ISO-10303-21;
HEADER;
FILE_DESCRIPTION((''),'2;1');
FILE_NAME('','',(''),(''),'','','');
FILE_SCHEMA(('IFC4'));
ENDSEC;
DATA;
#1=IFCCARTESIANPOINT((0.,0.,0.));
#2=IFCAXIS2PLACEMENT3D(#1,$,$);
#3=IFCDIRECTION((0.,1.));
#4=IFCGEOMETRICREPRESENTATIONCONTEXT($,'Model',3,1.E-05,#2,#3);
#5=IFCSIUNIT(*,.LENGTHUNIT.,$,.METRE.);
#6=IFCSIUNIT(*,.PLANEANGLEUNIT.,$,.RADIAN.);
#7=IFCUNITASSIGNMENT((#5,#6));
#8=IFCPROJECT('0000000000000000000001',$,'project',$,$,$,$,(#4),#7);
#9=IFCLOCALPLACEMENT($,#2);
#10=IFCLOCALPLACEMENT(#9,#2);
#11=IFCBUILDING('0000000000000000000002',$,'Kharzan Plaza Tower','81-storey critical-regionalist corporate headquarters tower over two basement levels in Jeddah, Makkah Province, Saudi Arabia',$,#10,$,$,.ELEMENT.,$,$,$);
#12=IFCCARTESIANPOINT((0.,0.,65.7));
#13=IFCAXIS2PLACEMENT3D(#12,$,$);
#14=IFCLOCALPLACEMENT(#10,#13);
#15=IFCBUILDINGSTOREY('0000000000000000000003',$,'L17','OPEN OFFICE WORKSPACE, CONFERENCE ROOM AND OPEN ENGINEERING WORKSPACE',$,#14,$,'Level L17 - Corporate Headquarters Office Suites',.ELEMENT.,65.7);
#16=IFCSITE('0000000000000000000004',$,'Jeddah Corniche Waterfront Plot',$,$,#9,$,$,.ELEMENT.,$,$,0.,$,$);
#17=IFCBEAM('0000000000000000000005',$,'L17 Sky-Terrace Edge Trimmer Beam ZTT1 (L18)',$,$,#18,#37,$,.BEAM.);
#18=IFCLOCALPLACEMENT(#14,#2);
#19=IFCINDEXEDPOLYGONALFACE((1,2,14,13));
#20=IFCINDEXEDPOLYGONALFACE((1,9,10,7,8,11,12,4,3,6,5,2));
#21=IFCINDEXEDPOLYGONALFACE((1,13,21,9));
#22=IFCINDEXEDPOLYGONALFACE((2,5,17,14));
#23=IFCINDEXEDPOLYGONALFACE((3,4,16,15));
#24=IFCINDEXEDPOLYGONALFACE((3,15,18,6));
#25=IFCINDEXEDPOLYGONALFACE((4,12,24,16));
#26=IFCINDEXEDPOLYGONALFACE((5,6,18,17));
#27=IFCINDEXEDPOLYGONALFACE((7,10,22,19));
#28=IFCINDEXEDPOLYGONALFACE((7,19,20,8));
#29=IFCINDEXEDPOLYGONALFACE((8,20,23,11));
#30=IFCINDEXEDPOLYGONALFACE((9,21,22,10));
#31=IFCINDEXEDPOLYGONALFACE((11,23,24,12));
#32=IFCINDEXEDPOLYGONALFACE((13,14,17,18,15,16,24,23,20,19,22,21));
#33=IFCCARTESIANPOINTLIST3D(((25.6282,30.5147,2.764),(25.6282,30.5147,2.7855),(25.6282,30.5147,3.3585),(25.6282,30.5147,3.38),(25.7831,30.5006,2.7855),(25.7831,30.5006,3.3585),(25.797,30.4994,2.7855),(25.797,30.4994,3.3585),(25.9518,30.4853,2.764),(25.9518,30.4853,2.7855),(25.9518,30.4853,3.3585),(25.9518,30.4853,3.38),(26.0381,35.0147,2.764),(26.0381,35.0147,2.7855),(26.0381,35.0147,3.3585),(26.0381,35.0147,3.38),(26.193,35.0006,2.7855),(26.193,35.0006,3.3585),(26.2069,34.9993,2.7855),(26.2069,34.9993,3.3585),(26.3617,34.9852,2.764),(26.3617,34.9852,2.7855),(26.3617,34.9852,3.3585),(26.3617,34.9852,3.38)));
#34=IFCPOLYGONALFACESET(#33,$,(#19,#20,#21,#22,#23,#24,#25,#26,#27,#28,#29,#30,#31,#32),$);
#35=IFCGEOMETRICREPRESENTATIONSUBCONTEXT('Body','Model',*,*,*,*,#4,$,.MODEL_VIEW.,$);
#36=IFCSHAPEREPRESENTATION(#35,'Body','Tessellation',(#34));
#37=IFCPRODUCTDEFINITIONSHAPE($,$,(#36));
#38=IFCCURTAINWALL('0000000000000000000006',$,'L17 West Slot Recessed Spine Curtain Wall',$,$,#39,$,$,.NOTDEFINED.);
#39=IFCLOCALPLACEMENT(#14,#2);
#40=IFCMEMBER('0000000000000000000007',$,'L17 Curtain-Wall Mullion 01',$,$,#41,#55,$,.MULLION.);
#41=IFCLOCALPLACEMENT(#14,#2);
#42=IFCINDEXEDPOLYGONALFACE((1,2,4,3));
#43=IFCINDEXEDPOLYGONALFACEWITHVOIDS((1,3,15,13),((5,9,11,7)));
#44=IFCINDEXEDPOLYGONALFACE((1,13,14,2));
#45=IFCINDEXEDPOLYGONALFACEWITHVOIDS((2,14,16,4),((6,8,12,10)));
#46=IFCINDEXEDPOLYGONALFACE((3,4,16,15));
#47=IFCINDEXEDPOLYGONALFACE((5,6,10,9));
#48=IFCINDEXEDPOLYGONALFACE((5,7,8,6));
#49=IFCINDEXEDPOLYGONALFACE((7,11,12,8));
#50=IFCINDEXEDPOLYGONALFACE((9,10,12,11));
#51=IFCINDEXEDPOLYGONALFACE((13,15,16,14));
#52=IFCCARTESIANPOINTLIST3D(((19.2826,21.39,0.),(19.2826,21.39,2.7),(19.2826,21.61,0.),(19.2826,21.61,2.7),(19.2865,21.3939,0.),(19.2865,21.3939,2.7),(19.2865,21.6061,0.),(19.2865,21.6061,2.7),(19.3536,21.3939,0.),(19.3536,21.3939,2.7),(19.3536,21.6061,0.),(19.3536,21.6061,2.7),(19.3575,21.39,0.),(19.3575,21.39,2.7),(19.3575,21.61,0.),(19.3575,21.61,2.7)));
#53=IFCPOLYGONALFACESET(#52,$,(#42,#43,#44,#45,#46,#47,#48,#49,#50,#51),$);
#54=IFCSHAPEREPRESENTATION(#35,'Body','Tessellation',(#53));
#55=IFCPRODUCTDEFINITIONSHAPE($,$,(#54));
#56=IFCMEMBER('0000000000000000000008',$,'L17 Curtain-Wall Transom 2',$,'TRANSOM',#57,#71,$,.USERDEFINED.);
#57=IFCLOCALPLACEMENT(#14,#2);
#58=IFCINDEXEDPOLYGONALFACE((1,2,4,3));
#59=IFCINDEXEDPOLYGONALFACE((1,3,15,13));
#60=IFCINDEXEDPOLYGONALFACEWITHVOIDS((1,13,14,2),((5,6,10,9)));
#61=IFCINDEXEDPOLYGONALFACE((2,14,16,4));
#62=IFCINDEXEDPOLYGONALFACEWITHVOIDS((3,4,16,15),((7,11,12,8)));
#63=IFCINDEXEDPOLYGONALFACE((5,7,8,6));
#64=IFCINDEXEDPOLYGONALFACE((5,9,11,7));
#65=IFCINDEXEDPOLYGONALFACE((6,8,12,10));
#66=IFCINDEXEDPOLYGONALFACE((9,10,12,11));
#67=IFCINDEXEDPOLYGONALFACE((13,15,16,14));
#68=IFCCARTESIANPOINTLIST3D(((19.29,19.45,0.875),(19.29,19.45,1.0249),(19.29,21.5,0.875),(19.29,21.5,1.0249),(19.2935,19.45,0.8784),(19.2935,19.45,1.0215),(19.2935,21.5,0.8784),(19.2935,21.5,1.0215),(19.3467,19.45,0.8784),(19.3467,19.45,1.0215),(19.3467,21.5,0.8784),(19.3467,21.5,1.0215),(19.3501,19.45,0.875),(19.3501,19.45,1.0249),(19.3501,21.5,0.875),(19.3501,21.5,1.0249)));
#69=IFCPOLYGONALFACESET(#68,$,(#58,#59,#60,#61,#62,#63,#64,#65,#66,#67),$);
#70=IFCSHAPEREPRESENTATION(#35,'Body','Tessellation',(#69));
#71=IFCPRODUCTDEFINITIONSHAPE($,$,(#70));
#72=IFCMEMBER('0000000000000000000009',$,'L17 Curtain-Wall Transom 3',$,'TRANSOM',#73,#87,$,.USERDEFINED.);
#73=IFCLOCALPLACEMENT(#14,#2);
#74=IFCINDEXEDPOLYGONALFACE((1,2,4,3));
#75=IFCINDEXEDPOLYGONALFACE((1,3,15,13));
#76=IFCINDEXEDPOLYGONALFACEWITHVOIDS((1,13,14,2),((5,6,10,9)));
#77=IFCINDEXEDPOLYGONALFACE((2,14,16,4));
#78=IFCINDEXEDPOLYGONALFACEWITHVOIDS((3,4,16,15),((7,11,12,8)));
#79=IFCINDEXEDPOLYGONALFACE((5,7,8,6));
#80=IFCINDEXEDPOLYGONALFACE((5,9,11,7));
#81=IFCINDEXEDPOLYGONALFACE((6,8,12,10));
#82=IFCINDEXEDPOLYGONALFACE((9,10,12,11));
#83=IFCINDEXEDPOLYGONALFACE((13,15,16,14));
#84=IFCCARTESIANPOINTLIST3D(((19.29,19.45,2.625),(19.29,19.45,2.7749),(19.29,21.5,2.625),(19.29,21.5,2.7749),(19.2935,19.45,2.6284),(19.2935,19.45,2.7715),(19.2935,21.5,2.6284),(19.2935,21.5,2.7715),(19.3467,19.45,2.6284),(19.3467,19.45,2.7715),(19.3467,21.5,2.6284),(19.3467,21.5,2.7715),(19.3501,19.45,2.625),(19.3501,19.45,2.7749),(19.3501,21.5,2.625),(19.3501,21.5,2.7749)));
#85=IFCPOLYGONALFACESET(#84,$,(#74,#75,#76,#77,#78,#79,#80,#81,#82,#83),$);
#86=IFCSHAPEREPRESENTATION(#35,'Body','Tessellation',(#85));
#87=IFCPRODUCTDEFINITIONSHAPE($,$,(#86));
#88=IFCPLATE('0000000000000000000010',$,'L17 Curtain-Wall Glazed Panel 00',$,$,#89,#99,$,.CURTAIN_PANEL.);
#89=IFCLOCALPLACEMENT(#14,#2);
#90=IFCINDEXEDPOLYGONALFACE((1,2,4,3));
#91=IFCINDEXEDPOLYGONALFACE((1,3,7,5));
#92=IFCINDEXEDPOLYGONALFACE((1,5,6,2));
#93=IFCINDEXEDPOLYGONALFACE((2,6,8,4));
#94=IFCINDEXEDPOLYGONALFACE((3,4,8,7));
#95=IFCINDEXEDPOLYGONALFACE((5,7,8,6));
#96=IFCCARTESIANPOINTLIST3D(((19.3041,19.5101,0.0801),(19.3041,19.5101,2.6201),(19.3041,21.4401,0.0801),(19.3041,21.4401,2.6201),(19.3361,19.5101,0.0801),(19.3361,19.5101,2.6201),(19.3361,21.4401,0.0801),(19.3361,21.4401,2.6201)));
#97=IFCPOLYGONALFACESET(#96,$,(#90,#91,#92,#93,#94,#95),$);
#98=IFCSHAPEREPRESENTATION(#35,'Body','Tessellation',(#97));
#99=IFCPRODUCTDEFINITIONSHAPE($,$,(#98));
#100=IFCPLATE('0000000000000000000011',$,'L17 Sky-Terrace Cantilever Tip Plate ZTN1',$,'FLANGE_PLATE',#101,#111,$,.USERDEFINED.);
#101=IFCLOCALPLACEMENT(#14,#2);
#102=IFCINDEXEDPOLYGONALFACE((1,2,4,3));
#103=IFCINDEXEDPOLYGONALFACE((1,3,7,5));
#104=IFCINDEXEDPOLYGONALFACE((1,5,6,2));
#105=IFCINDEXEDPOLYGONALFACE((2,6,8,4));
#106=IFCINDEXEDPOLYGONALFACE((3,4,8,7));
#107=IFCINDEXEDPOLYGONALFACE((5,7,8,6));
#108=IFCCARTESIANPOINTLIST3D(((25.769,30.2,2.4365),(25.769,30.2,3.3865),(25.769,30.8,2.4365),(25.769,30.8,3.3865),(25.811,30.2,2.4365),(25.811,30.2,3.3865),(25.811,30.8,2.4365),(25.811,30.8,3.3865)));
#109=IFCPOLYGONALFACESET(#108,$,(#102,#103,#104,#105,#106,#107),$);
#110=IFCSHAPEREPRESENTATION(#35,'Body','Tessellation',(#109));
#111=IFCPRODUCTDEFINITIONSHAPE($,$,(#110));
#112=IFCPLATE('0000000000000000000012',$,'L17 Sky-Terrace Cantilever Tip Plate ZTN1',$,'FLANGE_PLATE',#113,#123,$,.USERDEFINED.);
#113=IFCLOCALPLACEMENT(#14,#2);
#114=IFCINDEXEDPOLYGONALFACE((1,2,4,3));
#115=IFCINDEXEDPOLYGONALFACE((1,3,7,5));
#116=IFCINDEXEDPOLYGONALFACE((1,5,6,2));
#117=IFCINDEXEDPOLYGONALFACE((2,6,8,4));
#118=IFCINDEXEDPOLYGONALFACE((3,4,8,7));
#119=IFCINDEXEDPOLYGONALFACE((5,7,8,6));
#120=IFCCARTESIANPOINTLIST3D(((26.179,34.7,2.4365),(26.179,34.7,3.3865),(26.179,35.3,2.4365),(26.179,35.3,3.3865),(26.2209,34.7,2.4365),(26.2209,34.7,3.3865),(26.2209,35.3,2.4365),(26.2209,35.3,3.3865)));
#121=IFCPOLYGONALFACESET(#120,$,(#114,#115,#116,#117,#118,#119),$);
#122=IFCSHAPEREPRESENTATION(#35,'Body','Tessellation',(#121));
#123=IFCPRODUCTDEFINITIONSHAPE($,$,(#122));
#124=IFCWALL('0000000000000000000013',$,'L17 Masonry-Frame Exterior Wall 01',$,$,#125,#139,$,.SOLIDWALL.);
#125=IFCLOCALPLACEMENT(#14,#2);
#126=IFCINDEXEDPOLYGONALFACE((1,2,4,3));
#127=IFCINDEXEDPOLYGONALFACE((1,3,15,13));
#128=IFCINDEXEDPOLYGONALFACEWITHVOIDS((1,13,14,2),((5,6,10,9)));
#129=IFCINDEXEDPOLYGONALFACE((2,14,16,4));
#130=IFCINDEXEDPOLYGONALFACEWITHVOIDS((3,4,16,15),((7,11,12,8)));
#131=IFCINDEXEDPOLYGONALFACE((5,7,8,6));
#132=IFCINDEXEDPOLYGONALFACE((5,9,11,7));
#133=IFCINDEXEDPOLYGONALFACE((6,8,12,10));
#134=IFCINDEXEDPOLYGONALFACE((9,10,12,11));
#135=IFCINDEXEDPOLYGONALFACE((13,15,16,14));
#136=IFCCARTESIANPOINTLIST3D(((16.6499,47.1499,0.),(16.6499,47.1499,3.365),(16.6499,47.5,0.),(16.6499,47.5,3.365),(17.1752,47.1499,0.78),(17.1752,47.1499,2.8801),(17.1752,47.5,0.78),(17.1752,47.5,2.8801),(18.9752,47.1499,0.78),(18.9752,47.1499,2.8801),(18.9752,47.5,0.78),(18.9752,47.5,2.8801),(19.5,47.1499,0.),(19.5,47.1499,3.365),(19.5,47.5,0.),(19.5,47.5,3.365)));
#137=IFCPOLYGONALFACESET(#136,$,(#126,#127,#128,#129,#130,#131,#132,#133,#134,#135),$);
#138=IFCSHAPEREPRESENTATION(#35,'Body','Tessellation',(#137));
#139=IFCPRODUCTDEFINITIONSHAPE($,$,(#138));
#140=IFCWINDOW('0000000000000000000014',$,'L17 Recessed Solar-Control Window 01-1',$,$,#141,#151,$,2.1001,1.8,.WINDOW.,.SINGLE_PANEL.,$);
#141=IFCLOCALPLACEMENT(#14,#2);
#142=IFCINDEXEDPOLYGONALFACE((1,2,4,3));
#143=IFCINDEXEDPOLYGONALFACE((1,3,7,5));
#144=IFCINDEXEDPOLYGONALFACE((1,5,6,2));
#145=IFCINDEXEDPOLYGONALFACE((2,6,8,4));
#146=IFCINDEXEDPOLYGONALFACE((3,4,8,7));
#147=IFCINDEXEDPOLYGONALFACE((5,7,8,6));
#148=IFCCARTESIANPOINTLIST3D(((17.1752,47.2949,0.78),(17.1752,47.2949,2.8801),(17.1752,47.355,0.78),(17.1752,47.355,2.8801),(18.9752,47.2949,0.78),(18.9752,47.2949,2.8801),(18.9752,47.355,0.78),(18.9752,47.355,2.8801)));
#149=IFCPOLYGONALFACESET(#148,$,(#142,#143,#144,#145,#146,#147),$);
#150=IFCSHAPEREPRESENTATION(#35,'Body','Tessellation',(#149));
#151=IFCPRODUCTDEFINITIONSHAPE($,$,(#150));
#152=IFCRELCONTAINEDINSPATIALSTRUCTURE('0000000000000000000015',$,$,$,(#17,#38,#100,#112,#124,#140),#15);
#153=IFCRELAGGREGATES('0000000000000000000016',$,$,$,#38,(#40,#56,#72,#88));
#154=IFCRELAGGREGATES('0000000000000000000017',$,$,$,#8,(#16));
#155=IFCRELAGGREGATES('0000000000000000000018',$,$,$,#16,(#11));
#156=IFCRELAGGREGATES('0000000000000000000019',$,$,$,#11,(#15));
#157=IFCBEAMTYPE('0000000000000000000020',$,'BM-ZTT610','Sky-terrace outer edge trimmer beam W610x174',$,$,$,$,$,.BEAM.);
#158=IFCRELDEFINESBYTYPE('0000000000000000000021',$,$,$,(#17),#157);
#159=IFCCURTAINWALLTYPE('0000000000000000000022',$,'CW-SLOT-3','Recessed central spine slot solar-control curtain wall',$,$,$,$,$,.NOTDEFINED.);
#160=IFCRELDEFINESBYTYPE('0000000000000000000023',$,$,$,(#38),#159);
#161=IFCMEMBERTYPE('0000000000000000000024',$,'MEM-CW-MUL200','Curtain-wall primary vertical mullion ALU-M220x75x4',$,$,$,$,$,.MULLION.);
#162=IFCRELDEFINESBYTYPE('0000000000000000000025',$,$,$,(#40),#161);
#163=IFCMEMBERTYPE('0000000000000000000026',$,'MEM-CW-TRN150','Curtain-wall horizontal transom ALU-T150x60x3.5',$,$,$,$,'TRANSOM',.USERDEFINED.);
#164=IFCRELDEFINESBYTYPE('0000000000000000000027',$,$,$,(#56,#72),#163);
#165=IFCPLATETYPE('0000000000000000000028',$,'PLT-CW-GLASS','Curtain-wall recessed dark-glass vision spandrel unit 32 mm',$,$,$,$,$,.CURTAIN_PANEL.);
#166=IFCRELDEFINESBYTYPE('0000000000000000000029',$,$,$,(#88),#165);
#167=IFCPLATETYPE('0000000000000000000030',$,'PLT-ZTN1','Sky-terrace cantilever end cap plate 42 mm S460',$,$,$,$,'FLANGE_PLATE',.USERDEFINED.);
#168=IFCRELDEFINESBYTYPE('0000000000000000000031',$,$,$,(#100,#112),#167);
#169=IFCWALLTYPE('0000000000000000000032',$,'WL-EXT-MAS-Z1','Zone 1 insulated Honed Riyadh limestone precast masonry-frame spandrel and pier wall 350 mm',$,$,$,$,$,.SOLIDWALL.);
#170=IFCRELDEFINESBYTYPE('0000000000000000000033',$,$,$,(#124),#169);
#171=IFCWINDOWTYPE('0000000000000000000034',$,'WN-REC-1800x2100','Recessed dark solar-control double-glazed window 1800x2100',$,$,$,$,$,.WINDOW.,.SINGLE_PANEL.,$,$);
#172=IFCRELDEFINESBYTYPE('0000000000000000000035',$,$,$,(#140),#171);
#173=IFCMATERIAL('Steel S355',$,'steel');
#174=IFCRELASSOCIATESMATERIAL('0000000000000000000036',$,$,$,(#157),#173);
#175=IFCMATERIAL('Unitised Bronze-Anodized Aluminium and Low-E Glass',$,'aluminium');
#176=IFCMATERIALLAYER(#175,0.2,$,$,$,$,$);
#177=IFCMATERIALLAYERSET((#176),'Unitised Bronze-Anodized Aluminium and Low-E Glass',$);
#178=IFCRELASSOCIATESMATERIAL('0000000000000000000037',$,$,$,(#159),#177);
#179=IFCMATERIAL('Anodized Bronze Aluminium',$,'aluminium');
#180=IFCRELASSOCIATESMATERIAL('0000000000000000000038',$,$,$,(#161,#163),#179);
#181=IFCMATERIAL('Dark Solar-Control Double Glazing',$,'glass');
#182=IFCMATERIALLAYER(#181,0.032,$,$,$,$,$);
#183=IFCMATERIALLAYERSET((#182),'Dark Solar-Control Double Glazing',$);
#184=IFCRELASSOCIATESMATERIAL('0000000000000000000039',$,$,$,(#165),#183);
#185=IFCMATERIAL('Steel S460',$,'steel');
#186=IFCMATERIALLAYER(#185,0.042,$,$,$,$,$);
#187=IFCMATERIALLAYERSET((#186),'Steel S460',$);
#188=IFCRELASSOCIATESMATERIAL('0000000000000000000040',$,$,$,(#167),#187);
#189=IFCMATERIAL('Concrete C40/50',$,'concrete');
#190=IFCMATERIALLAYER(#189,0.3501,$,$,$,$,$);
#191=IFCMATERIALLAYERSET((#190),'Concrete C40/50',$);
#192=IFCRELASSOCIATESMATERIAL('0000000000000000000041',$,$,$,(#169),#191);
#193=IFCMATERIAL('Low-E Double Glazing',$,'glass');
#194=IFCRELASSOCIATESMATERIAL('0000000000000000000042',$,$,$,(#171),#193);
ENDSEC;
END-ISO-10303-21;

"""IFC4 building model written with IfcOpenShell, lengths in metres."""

from ifc_helpers import new_model, si_unit, direction, frame, frame_2d, origin, origin_2d, place, context, subcontext, project, spatial, rectangle, hollow_rectangle, i_section, extrude, source, transform, mapped, material, layer, layer_set, material_profile, profile_set, type_object, element, fill, aggregate, save


model = new_model("IFC4")

# Units and contexts
model_context = context("Model", 3, precision=1e-05, world=origin(), true_north=direction((0.0, 1.0)))
body_context = subcontext(model_context, "Body", "Model", "MODEL_VIEW")
ifc_project = project(units=[si_unit("LENGTHUNIT", "METRE"), si_unit("PLANEANGLEUNIT", "RADIAN")], contexts=[model_context])

# Site, building, storey
site_placement = place(None, origin())
site = spatial("IfcSite", under=ifc_project, at=site_placement, Name="Jeddah Corniche Waterfront Plot", CompositionType="ELEMENT", RefElevation=0.0)
building_placement = place(site_placement, origin())
building = spatial("IfcBuilding", under=site, at=building_placement, Name="Kharzan Plaza Tower", Description="81-storey critical-regionalist corporate headquarters tower over two basement levels in Jeddah, Makkah Province, Saudi Arabia", CompositionType="ELEMENT")
storey_placement = place(building_placement, frame((0.0, 0.0, 65.7)))
storey = spatial("IfcBuildingStorey", under=building, at=storey_placement, Name="L17", Description="OPEN OFFICE WORKSPACE, CONFERENCE ROOM AND OPEN ENGINEERING WORKSPACE", LongName="Level L17 - Corporate Headquarters Office Suites", CompositionType="ELEMENT", Elevation=65.7)

# Beam
ifc_material_1 = material(Name="Steel S355", Category="steel")
ifc_material_profile_1 = material_profile(ifc_material_1, i_section(OverallWidth=0.325, OverallDepth=0.616, WebThickness=0.0139, FlangeThickness=0.0215, at=origin_2d()), Name="W610x174")
ifc_profile_set_1 = profile_set([ifc_material_profile_1], Name="Steel S355")
beam_type_1 = type_object("IfcBeamType", Name="BM-ZTT610", Description="Sky-terrace outer edge trimmer beam W610x174", PredefinedType="BEAM", material=ifc_profile_set_1)
shared_shape_1 = source(origin(), body_context, "Body", "SweptSolid", [
    extrude(i_section(OverallWidth=0.325, OverallDepth=0.616, WebThickness=0.0139, FlangeThickness=0.0215, at=origin_2d()), origin(), (0.0, 0.0, 1.0), 4.5186),
])
beam_1_placement = place(storey_placement, frame((25.79, 30.5, 3.072), z_axis=(0.090716, 0.995877, 0.0), x_axis=(-0.995877, 0.090716, 0.0)))
element("IfcBeam", 1, at=beam_1_placement, inside=storey, type_object=beam_type_1, Name="L17 Sky-Terrace Edge Trimmer Beam ZTT1 (L18)", PredefinedType="BEAM", context=body_context, shape_type="MappedRepresentation", body=[
    mapped(shared_shape_1, transform((0.0, 0.0, 0.0), x_axis=(1.0, 0.0, 0.0), y_axis=(0.0, 1.0, 0.0), z_axis=(0.0, 0.0, 1.0))),
])

# Curtain wall, members, plate
ifc_material_2 = material(Name="Unitised Bronze-Anodized Aluminium and Low-E Glass", Category="aluminium")
ifc_layer_1 = layer(ifc_material_2, 0.2)
ifc_layer_set_1 = layer_set([ifc_layer_1], Name="Unitised Bronze-Anodized Aluminium and Low-E Glass")
curtain_wall_type = type_object("IfcCurtainWallType", Name="CW-SLOT-3", Description="Recessed central spine slot solar-control curtain wall", PredefinedType="NOTDEFINED", material=ifc_layer_set_1)
curtain_wall_placement = place(storey_placement, origin())
curtain_wall = element("IfcCurtainWall", 2, at=curtain_wall_placement, inside=storey, type_object=curtain_wall_type, Name="L17 West Slot Recessed Spine Curtain Wall", PredefinedType="NOTDEFINED")
ifc_material_3 = material(Name="Anodized Bronze Aluminium", Category="aluminium")
ifc_material_profile_2 = material_profile(ifc_material_3, hollow_rectangle(XDim=0.075, YDim=0.22, WallThickness=0.0039, at=origin_2d()), Name="ALU-M220x75x4")
ifc_profile_set_2 = profile_set([ifc_material_profile_2], Name="Anodized Bronze Aluminium")
member_type_1 = type_object("IfcMemberType", Name="MEM-CW-MUL200", Description="Curtain-wall primary vertical mullion ALU-M220x75x4", PredefinedType="MULLION", material=ifc_profile_set_2)
shared_shape_2 = source(origin(), body_context, "Body", "SweptSolid", [
    extrude(hollow_rectangle(XDim=0.075, YDim=0.22, WallThickness=0.0039, at=origin_2d()), origin(), (0.0, 0.0, 1.0), 2.7),
])
member_1_placement = place(storey_placement, frame((19.3201, 21.5, 0.0), z_axis=(0.0, 0.0, 1.0), x_axis=(1.0, 0.0, 0.0)))
member_1 = element("IfcMember", 3, at=member_1_placement, type_object=member_type_1, Name="L17 Curtain-Wall Mullion 01", PredefinedType="MULLION", context=body_context, shape_type="MappedRepresentation", body=[
    mapped(shared_shape_2, transform((0.0, 0.0, 0.0), x_axis=(1.0, 0.0, 0.0), y_axis=(0.0, 1.0, 0.0), z_axis=(0.0, 0.0, 1.0))),
])
ifc_material_profile_3 = material_profile(ifc_material_3, hollow_rectangle(XDim=0.0601, YDim=0.1499, WallThickness=0.0034, at=origin_2d()), Name="ALU-T150x60x3.5")
ifc_profile_set_3 = profile_set([ifc_material_profile_3], Name="Anodized Bronze Aluminium")
member_type_2 = type_object("IfcMemberType", Name="MEM-CW-TRN150", Description="Curtain-wall horizontal transom ALU-T150x60x3.5", ElementType="TRANSOM", PredefinedType="USERDEFINED", material=ifc_profile_set_3)
shared_shape_3 = source(origin(), body_context, "Body", "SweptSolid", [
    extrude(hollow_rectangle(XDim=0.0601, YDim=0.1499, WallThickness=0.0034, at=origin_2d()), origin(), (0.0, 0.0, 1.0), 2.05),
])
member_2_placement = place(storey_placement, frame((19.3201, 19.45, 0.95), z_axis=(0.0, 1.0, 0.0), x_axis=(-1.0, 0.0, 0.0)))
member_2 = element("IfcMember", 4, at=member_2_placement, type_object=member_type_2, Name="L17 Curtain-Wall Transom 2", ObjectType="TRANSOM", PredefinedType="USERDEFINED", context=body_context, shape_type="MappedRepresentation", body=[
    mapped(shared_shape_3, transform((0.0, 0.0, 0.0), x_axis=(1.0, 0.0, 0.0), y_axis=(0.0, 1.0, 0.0), z_axis=(0.0, 0.0, 1.0))),
])
member_3_placement = place(storey_placement, frame((19.3201, 19.45, 2.7), z_axis=(0.0, 1.0, 0.0), x_axis=(-1.0, 0.0, 0.0)))
member_3 = element("IfcMember", 5, at=member_3_placement, type_object=member_type_2, Name="L17 Curtain-Wall Transom 3", ObjectType="TRANSOM", PredefinedType="USERDEFINED", context=body_context, shape_type="MappedRepresentation", body=[
    mapped(shared_shape_3, transform((0.0, 0.0, 0.0), x_axis=(1.0, 0.0, 0.0), y_axis=(0.0, 1.0, 0.0), z_axis=(0.0, 0.0, 1.0))),
])
ifc_material_4 = material(Name="Dark Solar-Control Double Glazing", Category="glass")
ifc_layer_2 = layer(ifc_material_4, 0.032)
ifc_layer_set_2 = layer_set([ifc_layer_2], Name="Dark Solar-Control Double Glazing")
plate_type_1 = type_object("IfcPlateType", Name="PLT-CW-GLASS", Description="Curtain-wall recessed dark-glass vision spandrel unit 32 mm", PredefinedType="CURTAIN_PANEL", material=ifc_layer_set_2)
shared_shape_4 = source(origin(), body_context, "Body", "SweptSolid", [
    extrude(rectangle(XDim=1.9299, YDim=0.032, at=origin_2d()), origin(), (0.0, 0.0, 1.0), 2.54),
])
plate_placement = place(storey_placement, frame((19.3201, 20.4751, 0.0801), z_axis=(0.0, 0.0, 1.0), x_axis=(0.0, 1.0, 0.0)))
plate = element("IfcPlate", 6, at=plate_placement, type_object=plate_type_1, Name="L17 Curtain-Wall Glazed Panel 00", PredefinedType="CURTAIN_PANEL", context=body_context, shape_type="MappedRepresentation", body=[
    mapped(shared_shape_4, transform((0.0, 0.0, 0.0), x_axis=(1.0, 0.0, 0.0), y_axis=(0.0, 1.0, 0.0), z_axis=(0.0, 0.0, 1.0))),
])
aggregate(curtain_wall, [member_1, member_2, member_3, plate])

# Plates
ifc_material_5 = material(Name="Steel S460", Category="steel")
ifc_layer_3 = layer(ifc_material_5, 0.042)
ifc_layer_set_3 = layer_set([ifc_layer_3], Name="Steel S460")
plate_type_2 = type_object("IfcPlateType", Name="PLT-ZTN1", Description="Sky-terrace cantilever end cap plate 42 mm S460", ElementType="FLANGE_PLATE", PredefinedType="USERDEFINED", material=ifc_layer_set_3)
shared_shape_5 = source(origin(), body_context, "Body", "SweptSolid", [
    extrude(rectangle(XDim=0.6001, YDim=0.042, at=origin_2d()), origin(), (0.0, 0.0, 1.0), 0.95),
])
for number, where, z_axis, x_axis, name in (
    (7, (25.79, 30.5, 2.4365), (0.0, 0.0, 1.0), (0.0, 1.0, 0.0), "L17 Sky-Terrace Cantilever Tip Plate ZTN1"),
    (8, (26.2, 35.0, 2.4365), (0.0, 0.0, 1.0), (0.0, 1.0, 0.0), "L17 Sky-Terrace Cantilever Tip Plate ZTN1"),
):
    element("IfcPlate", number, at=place(storey_placement, frame(where, z_axis=z_axis, x_axis=x_axis)), inside=storey, type_object=plate_type_2, Name=name, ObjectType="FLANGE_PLATE", PredefinedType="USERDEFINED", context=body_context, shape_type="MappedRepresentation", body=[
        mapped(shared_shape_5, transform((0.0, 0.0, 0.0), x_axis=(1.0, 0.0, 0.0), y_axis=(0.0, 1.0, 0.0), z_axis=(0.0, 0.0, 1.0))),
    ])

# Wall, opening, window
ifc_material_6 = material(Name="Concrete C40/50", Category="concrete")
ifc_layer_4 = layer(ifc_material_6, 0.3501)
ifc_layer_set_4 = layer_set([ifc_layer_4], Name="Concrete C40/50")
wall_type = type_object("IfcWallType", Name="WL-EXT-MAS-Z1", Description="Zone 1 insulated Honed Riyadh limestone precast masonry-frame spandrel and pier wall 350 mm", PredefinedType="SOLIDWALL", material=ifc_layer_set_4)
wall_1_placement = place(storey_placement, frame((19.5, 47.325, 0.0), z_axis=(0.0, 0.0, 1.0), x_axis=(-1.0, 0.0, 0.0)))
wall_1 = element("IfcWall", 9, at=wall_1_placement, inside=storey, type_object=wall_type, Name="L17 Masonry-Frame Exterior Wall 01", PredefinedType="SOLIDWALL", context=body_context, shape_type="SweptSolid", body=[
    extrude(rectangle(XDim=2.8501, YDim=0.3501, at=frame_2d((1.425, 0.0))), origin(), (0.0, 0.0, 1.0), 3.365),
])
opening_1_placement = place(wall_1_placement, frame((0.5249, 0.0, 0.78)))
opening_1 = element("IfcOpeningElement", 10, at=opening_1_placement, cuts=wall_1, PredefinedType="OPENING", context=body_context, shape_type="SweptSolid", body=[
    extrude(rectangle(XDim=1.8, YDim=2.1001, at=frame_2d((0.8999, 1.05))), frame((0.0, 0.1851, 0.0), z_axis=(0.0, -1.0, 0.0), x_axis=(1.0, 0.0, 0.0)), (0.0, 0.0, 1.0), 0.3701),
])
ifc_material_7 = material(Name="Low-E Double Glazing", Category="glass")
window_type_1 = type_object("IfcWindowType", Name="WN-REC-1800x2100", Description="Recessed dark solar-control double-glazed window 1800x2100", PartitioningType="SINGLE_PANEL", PredefinedType="WINDOW", material=ifc_material_7)
shared_shape_6 = source(origin(), body_context, "Body", "SweptSolid", [
    extrude(rectangle(XDim=1.8, YDim=2.1001, at=frame_2d((0.8999, 1.05))), frame((0.0, 0.03, 0.0), z_axis=(0.0, -1.0, 0.0), x_axis=(1.0, 0.0, 0.0)), (0.0, 0.0, 1.0), 0.0601),
])
window_1_placement = place(opening_1_placement, origin())
window_1 = element("IfcWindow", 11, at=window_1_placement, inside=storey, type_object=window_type_1, Name="L17 Recessed Solar-Control Window 01-1", OverallHeight=2.1001, OverallWidth=1.8, PartitioningType="SINGLE_PANEL", PredefinedType="WINDOW", context=body_context, shape_type="MappedRepresentation", body=[
    mapped(shared_shape_6, transform((0.0, 0.0, 0.0), x_axis=(1.0, 0.0, 0.0), y_axis=(0.0, 1.0, 0.0), z_axis=(0.0, 0.0, 1.0))),
])
fill(opening_1, window_1)

save(model, "model.ifc")
